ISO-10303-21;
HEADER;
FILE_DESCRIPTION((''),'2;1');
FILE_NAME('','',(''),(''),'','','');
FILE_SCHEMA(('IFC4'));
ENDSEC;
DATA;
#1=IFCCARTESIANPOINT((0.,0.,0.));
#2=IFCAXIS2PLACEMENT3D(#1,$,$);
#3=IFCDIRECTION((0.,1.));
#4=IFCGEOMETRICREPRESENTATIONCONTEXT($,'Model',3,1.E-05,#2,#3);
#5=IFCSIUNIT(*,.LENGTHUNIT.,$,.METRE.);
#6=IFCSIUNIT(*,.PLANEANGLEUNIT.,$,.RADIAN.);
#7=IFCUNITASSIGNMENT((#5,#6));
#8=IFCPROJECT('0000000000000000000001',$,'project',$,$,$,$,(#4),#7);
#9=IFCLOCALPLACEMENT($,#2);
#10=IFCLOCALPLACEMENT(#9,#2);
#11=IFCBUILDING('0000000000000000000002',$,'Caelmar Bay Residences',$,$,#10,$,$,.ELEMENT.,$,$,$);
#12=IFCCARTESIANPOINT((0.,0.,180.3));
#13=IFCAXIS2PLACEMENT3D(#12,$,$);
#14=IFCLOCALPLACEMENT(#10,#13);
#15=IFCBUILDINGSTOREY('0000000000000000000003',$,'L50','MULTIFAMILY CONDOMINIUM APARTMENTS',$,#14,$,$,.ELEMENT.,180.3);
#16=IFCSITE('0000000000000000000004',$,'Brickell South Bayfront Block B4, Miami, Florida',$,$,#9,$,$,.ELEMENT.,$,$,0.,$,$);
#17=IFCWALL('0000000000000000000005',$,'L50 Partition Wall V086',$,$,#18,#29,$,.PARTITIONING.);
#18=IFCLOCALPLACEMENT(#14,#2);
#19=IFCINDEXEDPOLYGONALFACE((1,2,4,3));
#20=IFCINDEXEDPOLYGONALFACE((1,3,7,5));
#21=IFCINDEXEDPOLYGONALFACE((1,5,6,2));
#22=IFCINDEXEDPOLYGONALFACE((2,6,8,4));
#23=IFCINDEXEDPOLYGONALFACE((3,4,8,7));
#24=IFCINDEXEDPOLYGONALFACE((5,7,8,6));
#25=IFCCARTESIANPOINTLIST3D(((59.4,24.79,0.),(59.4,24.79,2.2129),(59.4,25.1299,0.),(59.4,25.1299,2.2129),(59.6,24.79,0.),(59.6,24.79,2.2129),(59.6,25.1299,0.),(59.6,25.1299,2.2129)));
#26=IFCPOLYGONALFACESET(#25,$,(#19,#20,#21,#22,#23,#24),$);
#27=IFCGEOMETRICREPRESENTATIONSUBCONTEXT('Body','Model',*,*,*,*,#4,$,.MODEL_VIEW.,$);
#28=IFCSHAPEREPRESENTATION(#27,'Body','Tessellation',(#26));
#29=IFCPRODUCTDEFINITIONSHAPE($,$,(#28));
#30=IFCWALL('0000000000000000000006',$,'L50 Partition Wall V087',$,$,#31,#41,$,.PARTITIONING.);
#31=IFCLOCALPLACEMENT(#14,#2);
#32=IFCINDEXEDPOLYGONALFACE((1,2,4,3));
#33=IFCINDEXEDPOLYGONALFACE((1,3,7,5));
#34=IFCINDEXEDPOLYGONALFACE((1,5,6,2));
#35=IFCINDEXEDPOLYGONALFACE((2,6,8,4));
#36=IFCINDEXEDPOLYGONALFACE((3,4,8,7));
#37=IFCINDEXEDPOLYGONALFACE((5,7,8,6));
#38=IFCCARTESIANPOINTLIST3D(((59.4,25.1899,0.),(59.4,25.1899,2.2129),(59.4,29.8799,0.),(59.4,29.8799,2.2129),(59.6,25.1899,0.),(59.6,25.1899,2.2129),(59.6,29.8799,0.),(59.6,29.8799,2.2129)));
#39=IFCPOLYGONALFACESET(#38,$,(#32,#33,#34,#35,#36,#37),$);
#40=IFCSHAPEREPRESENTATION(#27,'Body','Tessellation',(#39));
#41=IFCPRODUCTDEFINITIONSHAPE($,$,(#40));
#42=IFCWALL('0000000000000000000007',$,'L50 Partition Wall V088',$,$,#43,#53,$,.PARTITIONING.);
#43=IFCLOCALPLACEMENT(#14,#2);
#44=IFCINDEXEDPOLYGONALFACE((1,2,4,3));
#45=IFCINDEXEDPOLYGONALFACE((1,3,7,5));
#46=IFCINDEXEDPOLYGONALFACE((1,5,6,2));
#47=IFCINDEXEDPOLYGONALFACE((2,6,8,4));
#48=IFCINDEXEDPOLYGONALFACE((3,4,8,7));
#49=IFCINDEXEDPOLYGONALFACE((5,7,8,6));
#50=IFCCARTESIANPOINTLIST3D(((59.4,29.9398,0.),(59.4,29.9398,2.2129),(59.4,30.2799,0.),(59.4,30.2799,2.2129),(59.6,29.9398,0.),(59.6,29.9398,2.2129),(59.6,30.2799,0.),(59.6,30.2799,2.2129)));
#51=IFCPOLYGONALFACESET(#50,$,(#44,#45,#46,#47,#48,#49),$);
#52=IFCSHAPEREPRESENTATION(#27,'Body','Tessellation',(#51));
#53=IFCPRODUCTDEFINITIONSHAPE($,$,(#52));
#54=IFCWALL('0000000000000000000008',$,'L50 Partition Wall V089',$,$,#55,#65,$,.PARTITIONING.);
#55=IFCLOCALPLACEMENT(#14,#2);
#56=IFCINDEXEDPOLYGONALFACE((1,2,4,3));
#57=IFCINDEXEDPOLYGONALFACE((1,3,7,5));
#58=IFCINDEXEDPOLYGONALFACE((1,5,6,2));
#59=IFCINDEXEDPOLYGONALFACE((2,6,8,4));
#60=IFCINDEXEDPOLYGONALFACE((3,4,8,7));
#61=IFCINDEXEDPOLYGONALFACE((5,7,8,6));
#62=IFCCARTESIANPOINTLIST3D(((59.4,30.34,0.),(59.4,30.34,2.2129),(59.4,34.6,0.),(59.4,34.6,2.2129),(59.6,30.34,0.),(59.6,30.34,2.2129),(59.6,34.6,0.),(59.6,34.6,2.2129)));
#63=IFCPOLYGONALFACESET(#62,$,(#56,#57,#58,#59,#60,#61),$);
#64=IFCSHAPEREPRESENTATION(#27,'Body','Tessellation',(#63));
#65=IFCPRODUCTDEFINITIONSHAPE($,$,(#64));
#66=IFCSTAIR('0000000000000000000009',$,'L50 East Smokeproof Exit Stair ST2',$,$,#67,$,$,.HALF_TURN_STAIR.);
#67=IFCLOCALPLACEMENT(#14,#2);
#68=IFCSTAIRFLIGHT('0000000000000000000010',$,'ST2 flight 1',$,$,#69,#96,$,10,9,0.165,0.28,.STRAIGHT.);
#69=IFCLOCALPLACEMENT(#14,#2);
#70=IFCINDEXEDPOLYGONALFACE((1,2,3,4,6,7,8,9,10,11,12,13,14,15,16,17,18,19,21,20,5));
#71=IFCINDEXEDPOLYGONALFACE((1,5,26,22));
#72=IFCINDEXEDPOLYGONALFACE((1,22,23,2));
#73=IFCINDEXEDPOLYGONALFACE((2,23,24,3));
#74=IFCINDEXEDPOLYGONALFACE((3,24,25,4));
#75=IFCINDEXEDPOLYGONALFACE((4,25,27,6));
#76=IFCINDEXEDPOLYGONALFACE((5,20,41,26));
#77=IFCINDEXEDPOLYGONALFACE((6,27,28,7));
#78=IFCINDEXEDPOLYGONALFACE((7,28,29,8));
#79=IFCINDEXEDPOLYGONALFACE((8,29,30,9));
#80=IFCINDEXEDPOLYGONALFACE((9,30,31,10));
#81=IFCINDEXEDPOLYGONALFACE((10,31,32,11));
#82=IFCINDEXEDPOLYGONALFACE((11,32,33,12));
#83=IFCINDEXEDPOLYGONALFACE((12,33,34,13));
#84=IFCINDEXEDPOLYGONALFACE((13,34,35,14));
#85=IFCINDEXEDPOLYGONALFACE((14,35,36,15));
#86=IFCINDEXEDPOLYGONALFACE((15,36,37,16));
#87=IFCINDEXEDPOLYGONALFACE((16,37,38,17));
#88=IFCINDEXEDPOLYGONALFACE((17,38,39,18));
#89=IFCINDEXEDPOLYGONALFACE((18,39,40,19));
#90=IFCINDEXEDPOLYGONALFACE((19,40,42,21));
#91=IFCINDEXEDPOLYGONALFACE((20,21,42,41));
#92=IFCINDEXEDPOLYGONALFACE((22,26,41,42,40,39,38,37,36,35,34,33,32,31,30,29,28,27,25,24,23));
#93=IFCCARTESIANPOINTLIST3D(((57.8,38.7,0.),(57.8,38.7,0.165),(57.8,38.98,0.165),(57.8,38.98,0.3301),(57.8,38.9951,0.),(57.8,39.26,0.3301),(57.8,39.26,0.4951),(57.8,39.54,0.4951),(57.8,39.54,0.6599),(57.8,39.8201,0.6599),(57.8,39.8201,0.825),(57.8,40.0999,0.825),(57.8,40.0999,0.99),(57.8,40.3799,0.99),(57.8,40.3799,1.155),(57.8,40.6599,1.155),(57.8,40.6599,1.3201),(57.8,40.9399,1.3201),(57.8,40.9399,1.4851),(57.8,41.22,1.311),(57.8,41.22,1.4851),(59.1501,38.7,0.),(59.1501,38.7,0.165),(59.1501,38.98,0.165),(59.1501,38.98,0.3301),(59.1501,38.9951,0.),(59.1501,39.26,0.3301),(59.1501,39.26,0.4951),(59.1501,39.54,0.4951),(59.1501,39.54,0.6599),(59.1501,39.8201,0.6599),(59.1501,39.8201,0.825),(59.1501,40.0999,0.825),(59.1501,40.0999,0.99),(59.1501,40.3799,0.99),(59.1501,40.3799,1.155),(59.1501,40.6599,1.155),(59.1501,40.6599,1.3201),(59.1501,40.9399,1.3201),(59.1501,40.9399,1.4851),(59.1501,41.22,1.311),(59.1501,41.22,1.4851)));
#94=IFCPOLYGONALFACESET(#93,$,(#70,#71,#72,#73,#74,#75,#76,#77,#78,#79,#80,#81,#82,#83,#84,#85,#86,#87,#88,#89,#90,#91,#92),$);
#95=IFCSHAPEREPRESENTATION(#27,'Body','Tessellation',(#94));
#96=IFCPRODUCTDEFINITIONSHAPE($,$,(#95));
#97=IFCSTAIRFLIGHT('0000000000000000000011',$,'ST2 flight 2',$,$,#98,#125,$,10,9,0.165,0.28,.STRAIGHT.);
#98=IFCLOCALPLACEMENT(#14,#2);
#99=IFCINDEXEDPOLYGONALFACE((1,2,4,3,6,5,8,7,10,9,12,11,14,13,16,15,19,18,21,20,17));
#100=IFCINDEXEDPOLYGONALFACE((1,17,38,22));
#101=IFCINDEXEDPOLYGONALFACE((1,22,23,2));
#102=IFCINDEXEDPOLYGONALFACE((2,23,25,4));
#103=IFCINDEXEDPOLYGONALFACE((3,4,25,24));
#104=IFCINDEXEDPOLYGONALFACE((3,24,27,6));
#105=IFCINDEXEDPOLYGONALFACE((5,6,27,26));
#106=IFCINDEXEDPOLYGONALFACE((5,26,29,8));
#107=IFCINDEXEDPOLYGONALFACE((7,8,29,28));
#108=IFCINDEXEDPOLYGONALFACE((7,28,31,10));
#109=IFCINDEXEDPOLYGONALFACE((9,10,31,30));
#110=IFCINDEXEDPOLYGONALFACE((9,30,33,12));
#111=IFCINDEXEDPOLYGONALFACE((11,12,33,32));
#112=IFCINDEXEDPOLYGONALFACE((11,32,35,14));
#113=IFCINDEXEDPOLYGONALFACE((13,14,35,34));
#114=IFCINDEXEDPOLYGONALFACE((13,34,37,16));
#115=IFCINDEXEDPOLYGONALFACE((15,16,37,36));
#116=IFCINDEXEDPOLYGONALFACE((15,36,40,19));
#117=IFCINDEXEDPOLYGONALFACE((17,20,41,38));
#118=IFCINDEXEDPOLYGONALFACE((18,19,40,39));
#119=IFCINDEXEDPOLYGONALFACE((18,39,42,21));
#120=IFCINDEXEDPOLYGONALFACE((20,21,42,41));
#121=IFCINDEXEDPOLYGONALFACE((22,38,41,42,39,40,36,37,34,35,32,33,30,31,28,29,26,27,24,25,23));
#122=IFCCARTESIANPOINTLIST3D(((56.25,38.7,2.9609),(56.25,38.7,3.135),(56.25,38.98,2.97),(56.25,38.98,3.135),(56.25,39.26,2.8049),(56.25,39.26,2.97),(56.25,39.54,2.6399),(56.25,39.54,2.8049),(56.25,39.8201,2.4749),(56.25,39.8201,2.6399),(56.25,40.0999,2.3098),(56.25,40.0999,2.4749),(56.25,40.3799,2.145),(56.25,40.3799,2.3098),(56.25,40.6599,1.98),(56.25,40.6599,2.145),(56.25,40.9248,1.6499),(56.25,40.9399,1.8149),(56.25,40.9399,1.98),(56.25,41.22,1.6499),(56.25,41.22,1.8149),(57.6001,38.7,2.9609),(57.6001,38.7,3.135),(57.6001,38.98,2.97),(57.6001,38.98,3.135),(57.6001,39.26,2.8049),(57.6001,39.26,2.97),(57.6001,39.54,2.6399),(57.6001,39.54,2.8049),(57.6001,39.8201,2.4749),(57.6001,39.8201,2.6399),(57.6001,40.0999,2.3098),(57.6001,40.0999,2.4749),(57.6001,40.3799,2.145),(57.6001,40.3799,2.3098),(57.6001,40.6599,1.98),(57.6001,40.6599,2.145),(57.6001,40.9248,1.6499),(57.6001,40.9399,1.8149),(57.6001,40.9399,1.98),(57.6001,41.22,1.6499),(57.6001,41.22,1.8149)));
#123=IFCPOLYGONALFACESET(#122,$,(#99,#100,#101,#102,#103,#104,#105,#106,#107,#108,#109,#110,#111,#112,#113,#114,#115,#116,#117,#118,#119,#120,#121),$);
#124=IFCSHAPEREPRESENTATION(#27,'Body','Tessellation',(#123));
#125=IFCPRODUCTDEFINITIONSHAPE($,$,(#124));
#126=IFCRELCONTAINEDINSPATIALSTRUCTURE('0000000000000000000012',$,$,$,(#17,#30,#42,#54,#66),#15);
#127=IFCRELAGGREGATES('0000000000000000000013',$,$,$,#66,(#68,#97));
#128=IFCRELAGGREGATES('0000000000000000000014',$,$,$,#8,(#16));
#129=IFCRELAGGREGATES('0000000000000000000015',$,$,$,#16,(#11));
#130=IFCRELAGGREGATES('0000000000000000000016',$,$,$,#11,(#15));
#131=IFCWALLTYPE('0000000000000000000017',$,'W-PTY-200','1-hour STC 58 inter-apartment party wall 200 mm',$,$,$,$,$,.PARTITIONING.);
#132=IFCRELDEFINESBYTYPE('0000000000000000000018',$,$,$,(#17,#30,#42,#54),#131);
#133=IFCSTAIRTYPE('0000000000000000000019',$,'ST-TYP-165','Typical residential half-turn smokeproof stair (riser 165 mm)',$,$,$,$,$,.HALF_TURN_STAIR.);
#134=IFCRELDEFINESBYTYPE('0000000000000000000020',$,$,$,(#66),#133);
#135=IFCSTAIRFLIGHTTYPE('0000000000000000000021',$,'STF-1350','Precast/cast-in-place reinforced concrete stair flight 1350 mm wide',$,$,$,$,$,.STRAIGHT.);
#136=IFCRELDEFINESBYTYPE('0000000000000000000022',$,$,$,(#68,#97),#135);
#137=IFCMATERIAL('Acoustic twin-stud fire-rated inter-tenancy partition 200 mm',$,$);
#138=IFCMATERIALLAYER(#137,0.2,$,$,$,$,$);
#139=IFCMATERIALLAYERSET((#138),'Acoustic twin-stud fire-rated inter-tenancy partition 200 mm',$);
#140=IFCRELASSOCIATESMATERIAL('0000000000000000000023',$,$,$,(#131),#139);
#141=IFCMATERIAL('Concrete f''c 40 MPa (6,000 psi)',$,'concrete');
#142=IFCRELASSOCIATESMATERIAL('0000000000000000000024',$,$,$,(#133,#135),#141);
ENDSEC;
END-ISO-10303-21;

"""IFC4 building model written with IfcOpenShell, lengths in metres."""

from ifc_helpers import new_model, si_unit, direction, frame, frame_2d, origin, place, context, subcontext, project, spatial, polyline, rectangle, outline, extrude, material, layer, layer_set, type_object, element, aggregate, save


model = new_model("IFC4")

# Units and contexts
model_context = context("Model", 3, precision=1e-05, world=origin(), true_north=direction((0.0, 1.0)))
body_context = subcontext(model_context, "Body", "Model", "MODEL_VIEW")
ifc_project = project(units=[si_unit("LENGTHUNIT", "METRE"), si_unit("PLANEANGLEUNIT", "RADIAN")], contexts=[model_context])

# Site, building, storey
site_placement = place(None, origin())
site = spatial("IfcSite", under=ifc_project, at=site_placement, Name="Brickell South Bayfront Block B4, Miami, Florida", CompositionType="ELEMENT", RefElevation=0.0)
building_placement = place(site_placement, origin())
building = spatial("IfcBuilding", under=site, at=building_placement, Name="Caelmar Bay Residences", CompositionType="ELEMENT")
storey_placement = place(building_placement, frame((0.0, 0.0, 180.3)))
storey = spatial("IfcBuildingStorey", under=building, at=storey_placement, Name="L50", Description="MULTIFAMILY CONDOMINIUM APARTMENTS", CompositionType="ELEMENT", Elevation=180.3)

# Walls
ifc_material_1 = material(Name="Acoustic twin-stud fire-rated inter-tenancy partition 200 mm")
ifc_layer_1 = layer(ifc_material_1, 0.2)
ifc_layer_set_1 = layer_set([ifc_layer_1], Name="Acoustic twin-stud fire-rated inter-tenancy partition 200 mm")
wall_type_1 = type_object("IfcWallType", Name="W-PTY-200", Description="1-hour STC 58 inter-apartment party wall 200 mm", PredefinedType="PARTITIONING", material=ifc_layer_set_1)
wall_1_placement = place(storey_placement, frame((59.5, 24.79, 0.0), z_axis=(0.0, 0.0, 1.0), x_axis=(0.0, 1.0, 0.0)))
element("IfcWall", 1, at=wall_1_placement, inside=storey, type_object=wall_type_1, Name="L50 Partition Wall V086", PredefinedType="PARTITIONING", context=body_context, shape_type="SweptSolid", body=[
    extrude(rectangle(XDim=0.3398, YDim=0.2, at=frame_2d((0.1699, 0.0))), origin(), (0.0, 0.0, 1.0), 2.2129),
])
wall_2_placement = place(storey_placement, frame((59.5, 25.1899, 0.0), z_axis=(0.0, 0.0, 1.0), x_axis=(0.0, 1.0, 0.0)))
element("IfcWall", 2, at=wall_2_placement, inside=storey, type_object=wall_type_1, Name="L50 Partition Wall V087", PredefinedType="PARTITIONING", context=body_context, shape_type="SweptSolid", body=[
    extrude(rectangle(XDim=4.6899, YDim=0.2, at=frame_2d((2.345, 0.0))), origin(), (0.0, 0.0, 1.0), 2.2129),
])
wall_3_placement = place(storey_placement, frame((59.5, 29.9399, 0.0), z_axis=(0.0, 0.0, 1.0), x_axis=(0.0, 1.0, 0.0)))
element("IfcWall", 3, at=wall_3_placement, inside=storey, type_object=wall_type_1, Name="L50 Partition Wall V088", PredefinedType="PARTITIONING", context=body_context, shape_type="SweptSolid", body=[
    extrude(rectangle(XDim=0.3401, YDim=0.2, at=frame_2d((0.1699, 0.0))), origin(), (0.0, 0.0, 1.0), 2.2129),
])
wall_4_placement = place(storey_placement, frame((59.5, 30.3401, 0.0), z_axis=(0.0, 0.0, 1.0), x_axis=(0.0, 1.0, 0.0)))
element("IfcWall", 4, at=wall_4_placement, inside=storey, type_object=wall_type_1, Name="L50 Partition Wall V089", PredefinedType="PARTITIONING", context=body_context, shape_type="SweptSolid", body=[
    extrude(rectangle(XDim=4.26, YDim=0.2, at=frame_2d((2.1299, 0.0))), origin(), (0.0, 0.0, 1.0), 2.2129),
])

# Stair, stair flights
ifc_material_2 = material(Name="Concrete f'c 40 MPa (6,000 psi)", Category="concrete")
stair_type = type_object("IfcStairType", Name="ST-TYP-165", Description="Typical residential half-turn smokeproof stair (riser 165 mm)", PredefinedType="HALF_TURN_STAIR", material=ifc_material_2)
stair_placement = place(storey_placement, origin())
stair = element("IfcStair", 5, at=stair_placement, inside=storey, type_object=stair_type, Name="L50 East Smokeproof Exit Stair ST2", PredefinedType="HALF_TURN_STAIR")
stair_flight_type = type_object("IfcStairFlightType", Name="STF-1350", Description="Precast/cast-in-place reinforced concrete stair flight 1350 mm wide", PredefinedType="STRAIGHT", material=ifc_material_2)
stair_flight_1_placement = place(storey_placement, frame((58.4751, 38.7, 0.0), z_axis=(0.0, 0.0, 1.0), x_axis=(0.0, 1.0, 0.0)))
stair_flight_1 = element("IfcStairFlight", 6, at=stair_flight_1_placement, type_object=stair_flight_type, Name="ST2 flight 1", NumberOfRisers=10, NumberOfTreads=9, PredefinedType="STRAIGHT", RiserHeight=0.165, TreadLength=0.28, context=body_context, shape_type="SweptSolid", body=[
    extrude(outline(polyline([(0.0, 0.0), (0.0, 0.165), (0.28, 0.165), (0.28, 0.3301), (0.5601, 0.3301), (0.5601, 0.4951), (0.8401, 0.4951), (0.8401, 0.6599), (1.1201, 0.6599), (1.1201, 0.825), (1.3999, 0.825), (1.3999, 0.99), (1.6799, 0.99), (1.6799, 1.155), (1.96, 1.155), (1.96, 1.3201), (2.24, 1.3201), (2.24, 1.4851), (2.52, 1.4851), (2.52, 1.6499), (2.52, 1.311), (0.2952, 0.0), (0.0, 0.0)])), frame((0.0, 0.675, 0.0), z_axis=(0.0, -1.0, 0.0), x_axis=(1.0, 0.0, 0.0)), (0.0, 0.0, 1.0), 1.3501),
])
stair_flight_2_placement = place(storey_placement, frame((56.925, 41.22, 1.6499), z_axis=(0.0, 0.0, 1.0), x_axis=(0.0, -1.0, 0.0)))
stair_flight_2 = element("IfcStairFlight", 7, at=stair_flight_2_placement, type_object=stair_flight_type, Name="ST2 flight 2", NumberOfRisers=10, NumberOfTreads=9, PredefinedType="STRAIGHT", RiserHeight=0.165, TreadLength=0.28, context=body_context, shape_type="SweptSolid", body=[
    extrude(outline(polyline([(0.0, 0.0), (0.0, 0.165), (0.28, 0.165), (0.28, 0.3301), (0.5601, 0.3301), (0.5601, 0.4951), (0.8401, 0.4951), (0.8401, 0.6599), (1.1201, 0.6599), (1.1201, 0.825), (1.3999, 0.825), (1.3999, 0.99), (1.6799, 0.99), (1.6799, 1.155), (1.96, 1.155), (1.96, 1.3201), (2.24, 1.3201), (2.24, 1.4851), (2.52, 1.4851), (2.52, 1.6499), (2.52, 1.311), (0.2952, 0.0), (0.0, 0.0)])), frame((0.0, 0.675, 0.0), z_axis=(0.0, -1.0, 0.0), x_axis=(1.0, 0.0, 0.0)), (0.0, 0.0, 1.0), 1.3501),
])
aggregate(stair, [stair_flight_1, stair_flight_2])

save(model, "model.ifc")
